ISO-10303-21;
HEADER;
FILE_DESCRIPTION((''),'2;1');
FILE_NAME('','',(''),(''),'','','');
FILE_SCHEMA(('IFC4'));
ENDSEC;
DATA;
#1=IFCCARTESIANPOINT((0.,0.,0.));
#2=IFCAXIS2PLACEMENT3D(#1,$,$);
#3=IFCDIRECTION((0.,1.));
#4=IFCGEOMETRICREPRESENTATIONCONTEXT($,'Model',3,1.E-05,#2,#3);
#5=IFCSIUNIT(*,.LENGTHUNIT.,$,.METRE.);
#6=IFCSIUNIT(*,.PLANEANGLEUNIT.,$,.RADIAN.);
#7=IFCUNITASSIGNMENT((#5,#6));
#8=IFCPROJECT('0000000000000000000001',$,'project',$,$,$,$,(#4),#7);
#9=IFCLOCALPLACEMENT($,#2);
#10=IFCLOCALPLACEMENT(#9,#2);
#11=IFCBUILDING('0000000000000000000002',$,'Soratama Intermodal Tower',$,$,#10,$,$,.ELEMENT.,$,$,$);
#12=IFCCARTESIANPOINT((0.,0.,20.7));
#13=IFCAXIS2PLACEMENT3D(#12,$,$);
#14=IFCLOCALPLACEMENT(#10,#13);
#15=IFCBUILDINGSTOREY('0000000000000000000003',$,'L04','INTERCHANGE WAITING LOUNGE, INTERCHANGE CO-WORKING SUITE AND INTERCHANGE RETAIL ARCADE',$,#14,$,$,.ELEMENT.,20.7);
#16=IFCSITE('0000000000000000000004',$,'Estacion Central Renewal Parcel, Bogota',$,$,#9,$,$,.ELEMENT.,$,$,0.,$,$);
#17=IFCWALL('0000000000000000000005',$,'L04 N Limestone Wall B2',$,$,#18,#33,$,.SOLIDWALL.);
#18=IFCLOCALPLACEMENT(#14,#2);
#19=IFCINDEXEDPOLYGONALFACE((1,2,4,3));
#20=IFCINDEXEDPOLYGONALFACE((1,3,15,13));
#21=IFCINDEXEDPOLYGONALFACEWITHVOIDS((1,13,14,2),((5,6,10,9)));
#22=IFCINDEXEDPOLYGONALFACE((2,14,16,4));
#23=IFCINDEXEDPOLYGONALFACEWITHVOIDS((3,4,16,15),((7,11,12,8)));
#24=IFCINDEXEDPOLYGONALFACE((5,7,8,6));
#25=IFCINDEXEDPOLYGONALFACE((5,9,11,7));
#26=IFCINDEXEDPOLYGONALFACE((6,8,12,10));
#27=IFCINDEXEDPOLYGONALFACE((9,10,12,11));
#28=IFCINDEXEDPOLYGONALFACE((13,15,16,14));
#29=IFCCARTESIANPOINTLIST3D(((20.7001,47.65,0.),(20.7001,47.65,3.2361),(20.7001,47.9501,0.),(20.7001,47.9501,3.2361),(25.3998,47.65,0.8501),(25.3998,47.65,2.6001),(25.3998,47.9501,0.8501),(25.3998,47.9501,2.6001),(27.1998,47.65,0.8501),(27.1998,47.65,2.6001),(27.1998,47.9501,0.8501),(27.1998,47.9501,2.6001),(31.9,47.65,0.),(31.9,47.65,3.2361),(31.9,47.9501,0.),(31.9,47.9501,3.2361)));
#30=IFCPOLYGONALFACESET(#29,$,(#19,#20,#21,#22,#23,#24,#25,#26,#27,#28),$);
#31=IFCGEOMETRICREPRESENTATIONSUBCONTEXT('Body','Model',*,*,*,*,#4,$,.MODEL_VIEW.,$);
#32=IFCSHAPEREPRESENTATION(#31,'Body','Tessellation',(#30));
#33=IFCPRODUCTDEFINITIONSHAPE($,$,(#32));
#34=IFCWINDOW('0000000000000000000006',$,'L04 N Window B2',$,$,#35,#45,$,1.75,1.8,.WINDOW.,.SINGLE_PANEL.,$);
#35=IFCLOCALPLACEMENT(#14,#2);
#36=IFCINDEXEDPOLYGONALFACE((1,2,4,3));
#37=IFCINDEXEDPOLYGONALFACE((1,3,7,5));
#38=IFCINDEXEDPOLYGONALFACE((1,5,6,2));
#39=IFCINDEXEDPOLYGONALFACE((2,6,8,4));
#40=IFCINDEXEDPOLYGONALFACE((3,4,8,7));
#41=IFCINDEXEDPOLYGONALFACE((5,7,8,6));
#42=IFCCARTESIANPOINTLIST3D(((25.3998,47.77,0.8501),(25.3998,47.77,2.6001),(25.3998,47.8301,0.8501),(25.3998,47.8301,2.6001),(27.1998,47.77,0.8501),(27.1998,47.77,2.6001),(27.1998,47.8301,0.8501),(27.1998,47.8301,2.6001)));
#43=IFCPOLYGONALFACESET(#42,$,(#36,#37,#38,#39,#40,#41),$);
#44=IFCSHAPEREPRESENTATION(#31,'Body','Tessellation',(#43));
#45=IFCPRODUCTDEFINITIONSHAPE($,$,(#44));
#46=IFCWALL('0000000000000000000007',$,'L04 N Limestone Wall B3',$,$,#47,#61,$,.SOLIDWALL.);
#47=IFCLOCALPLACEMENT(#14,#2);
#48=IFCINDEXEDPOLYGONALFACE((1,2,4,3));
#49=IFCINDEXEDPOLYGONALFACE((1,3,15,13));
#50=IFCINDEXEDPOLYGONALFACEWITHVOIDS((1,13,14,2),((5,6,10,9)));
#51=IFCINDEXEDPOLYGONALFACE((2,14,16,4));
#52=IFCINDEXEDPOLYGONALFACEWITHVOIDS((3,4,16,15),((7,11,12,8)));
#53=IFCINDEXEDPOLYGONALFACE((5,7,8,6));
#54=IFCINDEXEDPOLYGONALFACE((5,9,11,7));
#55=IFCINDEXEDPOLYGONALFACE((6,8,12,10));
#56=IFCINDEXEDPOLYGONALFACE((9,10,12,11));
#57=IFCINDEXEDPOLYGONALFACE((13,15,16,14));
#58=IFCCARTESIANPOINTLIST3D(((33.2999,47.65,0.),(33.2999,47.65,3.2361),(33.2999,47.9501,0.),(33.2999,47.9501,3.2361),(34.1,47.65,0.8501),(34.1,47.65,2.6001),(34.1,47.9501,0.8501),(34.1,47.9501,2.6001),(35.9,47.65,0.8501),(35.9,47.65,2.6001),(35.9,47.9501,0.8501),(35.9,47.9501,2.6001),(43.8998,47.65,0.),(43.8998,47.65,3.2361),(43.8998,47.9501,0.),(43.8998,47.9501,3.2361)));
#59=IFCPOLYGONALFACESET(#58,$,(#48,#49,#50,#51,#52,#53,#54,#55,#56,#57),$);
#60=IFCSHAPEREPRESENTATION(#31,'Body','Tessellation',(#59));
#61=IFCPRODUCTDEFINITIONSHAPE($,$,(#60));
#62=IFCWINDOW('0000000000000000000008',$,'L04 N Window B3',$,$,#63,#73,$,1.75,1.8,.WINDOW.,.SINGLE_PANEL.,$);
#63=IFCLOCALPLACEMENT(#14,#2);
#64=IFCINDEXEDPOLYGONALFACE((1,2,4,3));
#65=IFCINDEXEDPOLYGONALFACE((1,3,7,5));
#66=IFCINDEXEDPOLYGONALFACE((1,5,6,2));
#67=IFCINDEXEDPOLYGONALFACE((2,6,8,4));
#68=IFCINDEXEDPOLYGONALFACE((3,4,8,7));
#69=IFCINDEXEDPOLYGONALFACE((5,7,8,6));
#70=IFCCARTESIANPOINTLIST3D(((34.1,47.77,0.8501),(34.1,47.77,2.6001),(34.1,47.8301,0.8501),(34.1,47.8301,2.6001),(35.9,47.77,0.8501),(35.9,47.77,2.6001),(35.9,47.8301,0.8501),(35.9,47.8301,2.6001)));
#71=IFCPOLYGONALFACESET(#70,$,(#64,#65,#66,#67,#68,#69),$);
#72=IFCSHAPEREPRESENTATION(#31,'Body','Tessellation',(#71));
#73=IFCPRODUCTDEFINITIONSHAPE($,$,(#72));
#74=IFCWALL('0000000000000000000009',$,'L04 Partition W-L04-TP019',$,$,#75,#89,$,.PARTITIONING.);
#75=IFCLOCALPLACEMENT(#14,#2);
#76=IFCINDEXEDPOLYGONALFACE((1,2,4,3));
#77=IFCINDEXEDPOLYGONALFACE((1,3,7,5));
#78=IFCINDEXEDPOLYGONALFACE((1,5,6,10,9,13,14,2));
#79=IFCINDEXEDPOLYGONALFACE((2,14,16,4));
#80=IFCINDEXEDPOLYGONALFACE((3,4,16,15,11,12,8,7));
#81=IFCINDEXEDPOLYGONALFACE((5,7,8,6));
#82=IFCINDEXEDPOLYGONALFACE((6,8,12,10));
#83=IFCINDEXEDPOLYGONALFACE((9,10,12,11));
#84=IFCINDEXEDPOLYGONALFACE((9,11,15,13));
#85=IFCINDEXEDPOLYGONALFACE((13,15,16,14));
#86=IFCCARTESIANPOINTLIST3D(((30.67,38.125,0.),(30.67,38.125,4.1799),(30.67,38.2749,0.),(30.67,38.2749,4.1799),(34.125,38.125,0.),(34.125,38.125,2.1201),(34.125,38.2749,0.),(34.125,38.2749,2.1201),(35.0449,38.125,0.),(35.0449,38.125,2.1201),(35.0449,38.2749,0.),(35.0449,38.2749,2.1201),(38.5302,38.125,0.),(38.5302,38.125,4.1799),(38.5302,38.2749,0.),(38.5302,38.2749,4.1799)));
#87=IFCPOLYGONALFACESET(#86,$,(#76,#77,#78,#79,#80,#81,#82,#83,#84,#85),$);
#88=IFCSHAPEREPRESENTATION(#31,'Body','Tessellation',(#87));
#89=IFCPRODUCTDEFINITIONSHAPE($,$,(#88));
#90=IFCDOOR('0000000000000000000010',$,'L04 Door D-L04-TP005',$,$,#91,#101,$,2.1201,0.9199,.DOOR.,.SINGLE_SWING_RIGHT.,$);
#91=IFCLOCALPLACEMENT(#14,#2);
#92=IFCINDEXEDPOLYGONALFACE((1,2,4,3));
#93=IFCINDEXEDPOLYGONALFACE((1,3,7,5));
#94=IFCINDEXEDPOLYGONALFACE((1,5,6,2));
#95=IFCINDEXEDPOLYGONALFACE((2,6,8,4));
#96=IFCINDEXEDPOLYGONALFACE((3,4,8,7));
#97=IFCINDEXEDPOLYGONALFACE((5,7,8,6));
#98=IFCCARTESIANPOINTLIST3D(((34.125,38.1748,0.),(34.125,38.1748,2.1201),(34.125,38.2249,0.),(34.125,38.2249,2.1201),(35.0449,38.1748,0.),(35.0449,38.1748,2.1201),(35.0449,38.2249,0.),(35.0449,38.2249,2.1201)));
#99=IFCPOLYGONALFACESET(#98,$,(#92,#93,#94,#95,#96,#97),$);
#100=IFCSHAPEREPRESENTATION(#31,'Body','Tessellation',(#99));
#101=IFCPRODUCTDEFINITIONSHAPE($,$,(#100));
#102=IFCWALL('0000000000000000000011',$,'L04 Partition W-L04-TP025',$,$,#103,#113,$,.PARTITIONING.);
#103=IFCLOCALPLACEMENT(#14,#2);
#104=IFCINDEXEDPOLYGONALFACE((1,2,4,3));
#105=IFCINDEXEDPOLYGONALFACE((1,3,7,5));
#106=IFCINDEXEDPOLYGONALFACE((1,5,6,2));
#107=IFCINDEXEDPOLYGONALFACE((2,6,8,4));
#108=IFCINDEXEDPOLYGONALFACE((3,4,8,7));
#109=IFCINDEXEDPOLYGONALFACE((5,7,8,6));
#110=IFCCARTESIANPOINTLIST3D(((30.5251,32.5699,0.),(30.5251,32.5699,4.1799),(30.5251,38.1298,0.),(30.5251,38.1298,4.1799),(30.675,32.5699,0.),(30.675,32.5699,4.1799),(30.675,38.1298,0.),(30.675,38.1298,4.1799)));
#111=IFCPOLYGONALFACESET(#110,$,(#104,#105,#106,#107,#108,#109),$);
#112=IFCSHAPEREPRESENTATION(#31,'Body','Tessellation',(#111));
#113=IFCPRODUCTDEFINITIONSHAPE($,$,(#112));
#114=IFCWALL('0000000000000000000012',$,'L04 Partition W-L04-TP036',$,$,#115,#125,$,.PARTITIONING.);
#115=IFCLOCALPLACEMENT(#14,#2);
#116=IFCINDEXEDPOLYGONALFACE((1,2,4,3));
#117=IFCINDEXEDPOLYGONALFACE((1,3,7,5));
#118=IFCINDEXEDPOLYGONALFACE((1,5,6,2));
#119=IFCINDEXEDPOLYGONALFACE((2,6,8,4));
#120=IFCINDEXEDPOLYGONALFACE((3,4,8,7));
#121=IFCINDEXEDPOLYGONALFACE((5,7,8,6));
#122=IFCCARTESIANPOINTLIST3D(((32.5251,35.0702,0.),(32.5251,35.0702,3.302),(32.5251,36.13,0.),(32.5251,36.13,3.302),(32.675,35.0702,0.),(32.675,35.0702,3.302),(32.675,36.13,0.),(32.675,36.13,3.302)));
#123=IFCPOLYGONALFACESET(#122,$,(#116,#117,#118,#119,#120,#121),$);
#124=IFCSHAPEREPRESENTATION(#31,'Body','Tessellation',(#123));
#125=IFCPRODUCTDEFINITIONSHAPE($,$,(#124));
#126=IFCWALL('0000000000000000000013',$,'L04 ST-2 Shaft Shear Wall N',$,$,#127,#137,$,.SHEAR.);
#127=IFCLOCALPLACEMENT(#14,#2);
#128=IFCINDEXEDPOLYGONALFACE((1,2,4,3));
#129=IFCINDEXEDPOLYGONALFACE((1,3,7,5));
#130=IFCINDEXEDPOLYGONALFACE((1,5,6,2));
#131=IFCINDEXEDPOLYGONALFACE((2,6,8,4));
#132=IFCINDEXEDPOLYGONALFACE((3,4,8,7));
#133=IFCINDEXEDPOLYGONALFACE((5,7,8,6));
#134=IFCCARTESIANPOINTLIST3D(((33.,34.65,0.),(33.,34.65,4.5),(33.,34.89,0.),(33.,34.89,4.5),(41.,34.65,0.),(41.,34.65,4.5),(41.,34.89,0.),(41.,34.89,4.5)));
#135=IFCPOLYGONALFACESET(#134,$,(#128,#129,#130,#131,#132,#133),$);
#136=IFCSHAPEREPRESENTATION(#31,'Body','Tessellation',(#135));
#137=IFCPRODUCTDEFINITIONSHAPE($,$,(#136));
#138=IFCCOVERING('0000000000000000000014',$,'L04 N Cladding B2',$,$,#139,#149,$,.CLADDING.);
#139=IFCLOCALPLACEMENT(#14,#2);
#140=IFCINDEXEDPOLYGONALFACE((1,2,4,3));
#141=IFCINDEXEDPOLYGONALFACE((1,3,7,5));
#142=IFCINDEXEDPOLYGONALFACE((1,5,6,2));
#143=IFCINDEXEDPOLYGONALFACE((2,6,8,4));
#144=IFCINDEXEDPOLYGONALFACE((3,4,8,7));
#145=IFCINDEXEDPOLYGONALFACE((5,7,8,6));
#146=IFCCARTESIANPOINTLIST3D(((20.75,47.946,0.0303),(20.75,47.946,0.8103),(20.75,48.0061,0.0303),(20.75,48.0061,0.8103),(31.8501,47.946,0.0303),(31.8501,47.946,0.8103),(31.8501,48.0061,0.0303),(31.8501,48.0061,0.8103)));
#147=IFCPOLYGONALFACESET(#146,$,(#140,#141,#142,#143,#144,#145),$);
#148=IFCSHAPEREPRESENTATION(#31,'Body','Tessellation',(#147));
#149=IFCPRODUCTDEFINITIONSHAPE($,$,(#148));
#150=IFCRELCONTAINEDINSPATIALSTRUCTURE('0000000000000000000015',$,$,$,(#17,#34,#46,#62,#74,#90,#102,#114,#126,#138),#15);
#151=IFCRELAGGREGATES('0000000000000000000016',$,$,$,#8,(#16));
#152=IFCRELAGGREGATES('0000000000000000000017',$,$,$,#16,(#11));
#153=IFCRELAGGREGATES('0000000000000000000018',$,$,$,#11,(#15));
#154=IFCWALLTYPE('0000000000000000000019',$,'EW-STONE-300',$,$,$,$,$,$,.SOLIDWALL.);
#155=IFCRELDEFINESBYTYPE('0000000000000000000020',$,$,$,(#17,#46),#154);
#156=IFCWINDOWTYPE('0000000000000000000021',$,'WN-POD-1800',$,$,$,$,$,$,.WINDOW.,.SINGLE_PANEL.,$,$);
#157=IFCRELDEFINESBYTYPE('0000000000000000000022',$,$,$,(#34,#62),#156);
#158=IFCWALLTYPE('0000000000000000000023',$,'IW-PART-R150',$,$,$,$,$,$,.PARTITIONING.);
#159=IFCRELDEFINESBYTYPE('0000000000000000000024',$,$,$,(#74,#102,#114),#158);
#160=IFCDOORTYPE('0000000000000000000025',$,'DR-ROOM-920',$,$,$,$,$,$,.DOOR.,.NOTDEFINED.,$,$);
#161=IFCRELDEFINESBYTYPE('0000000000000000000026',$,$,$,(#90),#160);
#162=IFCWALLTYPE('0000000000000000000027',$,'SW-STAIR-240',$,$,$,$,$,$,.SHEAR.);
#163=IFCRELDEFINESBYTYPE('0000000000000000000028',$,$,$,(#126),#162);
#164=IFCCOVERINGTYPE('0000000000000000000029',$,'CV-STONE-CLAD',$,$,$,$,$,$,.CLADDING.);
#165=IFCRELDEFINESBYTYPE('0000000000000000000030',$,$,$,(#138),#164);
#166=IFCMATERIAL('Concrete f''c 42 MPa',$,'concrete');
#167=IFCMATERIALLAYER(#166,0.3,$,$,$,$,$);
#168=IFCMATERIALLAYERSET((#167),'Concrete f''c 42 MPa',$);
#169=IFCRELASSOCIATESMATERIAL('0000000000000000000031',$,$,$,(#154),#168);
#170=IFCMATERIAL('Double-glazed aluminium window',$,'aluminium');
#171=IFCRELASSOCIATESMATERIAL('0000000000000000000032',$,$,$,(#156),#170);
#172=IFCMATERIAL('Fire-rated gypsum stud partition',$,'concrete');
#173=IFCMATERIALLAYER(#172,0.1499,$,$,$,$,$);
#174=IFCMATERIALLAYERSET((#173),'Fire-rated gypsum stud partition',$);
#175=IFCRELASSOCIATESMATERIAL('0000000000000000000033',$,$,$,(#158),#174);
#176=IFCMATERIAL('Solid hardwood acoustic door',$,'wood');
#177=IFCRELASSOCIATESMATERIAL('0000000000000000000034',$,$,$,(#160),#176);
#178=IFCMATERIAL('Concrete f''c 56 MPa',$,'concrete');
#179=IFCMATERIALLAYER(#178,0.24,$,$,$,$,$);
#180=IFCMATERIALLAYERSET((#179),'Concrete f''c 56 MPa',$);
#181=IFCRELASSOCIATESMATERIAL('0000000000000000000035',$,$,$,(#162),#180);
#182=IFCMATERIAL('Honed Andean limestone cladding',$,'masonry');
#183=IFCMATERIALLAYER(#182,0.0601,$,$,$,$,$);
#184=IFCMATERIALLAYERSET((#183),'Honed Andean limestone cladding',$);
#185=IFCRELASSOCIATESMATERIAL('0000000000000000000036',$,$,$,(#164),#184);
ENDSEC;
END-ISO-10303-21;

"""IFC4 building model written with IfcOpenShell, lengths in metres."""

from ifc_helpers import new_model, si_unit, direction, frame, frame_2d, origin, origin_2d, place, context, subcontext, project, spatial, rectangle, extrude, material, layer, layer_set, type_object, element, fill, save


model = new_model("IFC4")

# Units and contexts
model_context = context("Model", 3, precision=1e-05, world=origin(), true_north=direction((0.0, 1.0)))
body_context = subcontext(model_context, "Body", "Model", "MODEL_VIEW")
ifc_project = project(units=[si_unit("LENGTHUNIT", "METRE"), si_unit("PLANEANGLEUNIT", "RADIAN")], contexts=[model_context])

# Site, building, storey
site_placement = place(None, origin())
site = spatial("IfcSite", under=ifc_project, at=site_placement, Name="Estacion Central Renewal Parcel, Bogota", CompositionType="ELEMENT", RefElevation=0.0)
building_placement = place(site_placement, origin())
building = spatial("IfcBuilding", under=site, at=building_placement, Name="Soratama Intermodal Tower", CompositionType="ELEMENT")
storey_placement = place(building_placement, frame((0.0, 0.0, 20.7)))
storey = spatial("IfcBuildingStorey", under=building, at=storey_placement, Name="L04", Description="INTERCHANGE WAITING LOUNGE, INTERCHANGE CO-WORKING SUITE AND INTERCHANGE RETAIL ARCADE", CompositionType="ELEMENT", Elevation=20.7)

# Walls, openings, windows
ifc_material_1 = material(Name="Concrete f'c 42 MPa", Category="concrete")
ifc_layer_1 = layer(ifc_material_1, 0.3)
ifc_layer_set_1 = layer_set([ifc_layer_1], Name="Concrete f'c 42 MPa")
wall_type_1 = type_object("IfcWallType", Name="EW-STONE-300", PredefinedType="SOLIDWALL", material=ifc_layer_set_1)
wall_1_placement = place(storey_placement, frame((20.7, 47.8, 0.0), z_axis=(0.0, 0.0, 1.0), x_axis=(1.0, 0.0, 0.0)))
wall_1 = element("IfcWall", 1, at=wall_1_placement, inside=storey, type_object=wall_type_1, Name="L04 N Limestone Wall B2", PredefinedType="SOLIDWALL", context=body_context, shape_type="SweptSolid", body=[
    extrude(rectangle(XDim=11.2, YDim=0.3, at=frame_2d((5.6001, 0.0))), origin(), (0.0, 0.0, 1.0), 3.2361),
])
opening_1_placement = place(wall_1_placement, frame((4.7, 0.0, 0.8501)))
opening_1 = element("IfcOpeningElement", 2, at=opening_1_placement, cuts=wall_1, PredefinedType="OPENING", context=body_context, shape_type="SweptSolid", body=[
    extrude(rectangle(XDim=1.8, YDim=1.75, at=frame_2d((0.8999, 0.875))), frame((0.0, 0.1599, 0.0), z_axis=(0.0, -1.0, 0.0), x_axis=(1.0, 0.0, 0.0)), (0.0, 0.0, 1.0), 0.3201),
])
ifc_material_2 = material(Name="Double-glazed aluminium window", Category="aluminium")
window_type = type_object("IfcWindowType", Name="WN-POD-1800", PartitioningType="SINGLE_PANEL", PredefinedType="WINDOW", material=ifc_material_2)
window_1_placement = place(opening_1_placement, origin())
window_1 = element("IfcWindow", 3, at=window_1_placement, inside=storey, type_object=window_type, Name="L04 N Window B2", OverallHeight=1.75, OverallWidth=1.8, PartitioningType="SINGLE_PANEL", PredefinedType="WINDOW", context=body_context, shape_type="SweptSolid", body=[
    extrude(rectangle(XDim=1.8, YDim=1.75, at=frame_2d((0.8999, 0.875))), frame((0.0, 0.03, 0.0), z_axis=(0.0, -1.0, 0.0), x_axis=(1.0, 0.0, 0.0)), (0.0, 0.0, 1.0), 0.0601),
])
fill(opening_1, window_1)
wall_2_placement = place(storey_placement, frame((33.3, 47.8, 0.0), z_axis=(0.0, 0.0, 1.0), x_axis=(1.0, 0.0, 0.0)))
wall_2 = element("IfcWall", 4, at=wall_2_placement, inside=storey, type_object=wall_type_1, Name="L04 N Limestone Wall B3", PredefinedType="SOLIDWALL", context=body_context, shape_type="SweptSolid", body=[
    extrude(rectangle(XDim=10.5999, YDim=0.3, at=frame_2d((5.2998, 0.0))), origin(), (0.0, 0.0, 1.0), 3.2361),
])
opening_2_placement = place(wall_2_placement, frame((0.8, 0.0, 0.8501)))
opening_2 = element("IfcOpeningElement", 5, at=opening_2_placement, cuts=wall_2, PredefinedType="OPENING", context=body_context, shape_type="SweptSolid", body=[
    extrude(rectangle(XDim=1.8, YDim=1.75, at=frame_2d((0.8999, 0.875))), frame((0.0, 0.1599, 0.0), z_axis=(0.0, -1.0, 0.0), x_axis=(1.0, 0.0, 0.0)), (0.0, 0.0, 1.0), 0.3201),
])
window_2_placement = place(opening_2_placement, origin())
window_2 = element("IfcWindow", 6, at=window_2_placement, inside=storey, type_object=window_type, Name="L04 N Window B3", OverallHeight=1.75, OverallWidth=1.8, PartitioningType="SINGLE_PANEL", PredefinedType="WINDOW", context=body_context, shape_type="SweptSolid", body=[
    extrude(rectangle(XDim=1.8, YDim=1.75, at=frame_2d((0.8999, 0.875))), frame((0.0, 0.03, 0.0), z_axis=(0.0, -1.0, 0.0), x_axis=(1.0, 0.0, 0.0)), (0.0, 0.0, 1.0), 0.0601),
])
fill(opening_2, window_2)

# Wall, opening, door
ifc_material_3 = material(Name="Fire-rated gypsum stud partition", Category="concrete")
ifc_layer_2 = layer(ifc_material_3, 0.1499)
ifc_layer_set_2 = layer_set([ifc_layer_2], Name="Fire-rated gypsum stud partition")
wall_type_2 = type_object("IfcWallType", Name="IW-PART-R150", PredefinedType="PARTITIONING", material=ifc_layer_set_2)
wall_3_placement = place(storey_placement, frame((30.6699, 38.2, 0.0), z_axis=(0.0, 0.0, 1.0), x_axis=(1.0, 0.0, 0.0)))
wall_3 = element("IfcWall", 7, at=wall_3_placement, inside=storey, type_object=wall_type_2, Name="L04 Partition W-L04-TP019", PredefinedType="PARTITIONING", context=body_context, shape_type="SweptSolid", body=[
    extrude(rectangle(XDim=7.8601, YDim=0.1499, at=frame_2d((3.9302, 0.0))), origin(), (0.0, 0.0, 1.0), 4.1799),
])
opening_3_placement = place(wall_3_placement, frame((3.4551, 0.0, 0.0)))
opening_3 = element("IfcOpeningElement", 8, at=opening_3_placement, cuts=wall_3, PredefinedType="OPENING", context=body_context, shape_type="SweptSolid", body=[
    extrude(rectangle(XDim=0.9199, YDim=2.1201, at=frame_2d((0.46, 1.0601))), frame((0.0, 0.085, 0.0), z_axis=(0.0, -1.0, 0.0), x_axis=(1.0, 0.0, 0.0)), (0.0, 0.0, 1.0), 0.1699),
])
ifc_material_4 = material(Name="Solid hardwood acoustic door", Category="wood")
door_type = type_object("IfcDoorType", Name="DR-ROOM-920", OperationType="NOTDEFINED", PredefinedType="DOOR", material=ifc_material_4)
door_placement = place(opening_3_placement, origin())
door = element("IfcDoor", 9, at=door_placement, inside=storey, type_object=door_type, Name="L04 Door D-L04-TP005", OperationType="SINGLE_SWING_RIGHT", OverallHeight=2.1201, OverallWidth=0.9199, PredefinedType="DOOR", context=body_context, shape_type="SweptSolid", body=[
    extrude(rectangle(XDim=0.9199, YDim=2.1201, at=frame_2d((0.46, 1.0601))), frame((0.0, 0.0249, 0.0), z_axis=(0.0, -1.0, 0.0), x_axis=(1.0, 0.0, 0.0)), (0.0, 0.0, 1.0), 0.05),
])
fill(opening_3, door)

# Walls
wall_4_placement = place(storey_placement, frame((30.6001, 32.5701, 0.0), z_axis=(0.0, 0.0, 1.0), x_axis=(0.0, 1.0, 0.0)))
element("IfcWall", 10, at=wall_4_placement, inside=storey, type_object=wall_type_2, Name="L04 Partition W-L04-TP025", PredefinedType="PARTITIONING", context=body_context, shape_type="SweptSolid", body=[
    extrude(rectangle(XDim=5.5598, YDim=0.1499, at=frame_2d((2.7798, 0.0))), origin(), (0.0, 0.0, 1.0), 4.1799),
])
wall_5_placement = place(storey_placement, frame((32.6001, 36.1299, 0.0), z_axis=(0.0, 0.0, 1.0), x_axis=(0.0, -1.0, 0.0)))
element("IfcWall", 11, at=wall_5_placement, inside=storey, type_object=wall_type_2, Name="L04 Partition W-L04-TP036", PredefinedType="PARTITIONING", context=body_context, shape_type="SweptSolid", body=[
    extrude(rectangle(XDim=1.0598, YDim=0.1499, at=frame_2d((0.5298, 0.0))), origin(), (0.0, 0.0, 1.0), 3.302),
])
ifc_material_5 = material(Name="Concrete f'c 56 MPa", Category="concrete")
ifc_layer_3 = layer(ifc_material_5, 0.24)
ifc_layer_set_3 = layer_set([ifc_layer_3], Name="Concrete f'c 56 MPa")
wall_type_3 = type_object("IfcWallType", Name="SW-STAIR-240", PredefinedType="SHEAR", material=ifc_layer_set_3)
wall_6_placement = place(storey_placement, frame((33.0, 34.77, 0.0), z_axis=(0.0, 0.0, 1.0), x_axis=(1.0, 0.0, 0.0)))
element("IfcWall", 12, at=wall_6_placement, inside=storey, type_object=wall_type_3, Name="L04 ST-2 Shaft Shear Wall N", PredefinedType="SHEAR", context=body_context, shape_type="SweptSolid", body=[
    extrude(rectangle(XDim=8.0, YDim=0.24, at=frame_2d((4.0, 0.0))), origin(), (0.0, 0.0, 1.0), 4.5),
])

# Covering
ifc_material_6 = material(Name="Honed Andean limestone cladding", Category="masonry")
ifc_layer_4 = layer(ifc_material_6, 0.0601)
ifc_layer_set_4 = layer_set([ifc_layer_4], Name="Honed Andean limestone cladding")
covering_type = type_object("IfcCoveringType", Name="CV-STONE-CLAD", PredefinedType="CLADDING", material=ifc_layer_set_4)
covering_placement = place(storey_placement, frame((26.3, 47.9761, 0.0303), z_axis=(0.0, 0.0, 1.0), x_axis=(1.0, 0.0, 0.0)))
element("IfcCovering", 13, at=covering_placement, inside=storey, type_object=covering_type, Name="L04 N Cladding B2", PredefinedType="CLADDING", context=body_context, shape_type="SweptSolid", body=[
    extrude(rectangle(XDim=11.1001, YDim=0.0601, at=origin_2d()), origin(), (0.0, 0.0, 1.0), 0.78),
])

save(model, "model.ifc")
